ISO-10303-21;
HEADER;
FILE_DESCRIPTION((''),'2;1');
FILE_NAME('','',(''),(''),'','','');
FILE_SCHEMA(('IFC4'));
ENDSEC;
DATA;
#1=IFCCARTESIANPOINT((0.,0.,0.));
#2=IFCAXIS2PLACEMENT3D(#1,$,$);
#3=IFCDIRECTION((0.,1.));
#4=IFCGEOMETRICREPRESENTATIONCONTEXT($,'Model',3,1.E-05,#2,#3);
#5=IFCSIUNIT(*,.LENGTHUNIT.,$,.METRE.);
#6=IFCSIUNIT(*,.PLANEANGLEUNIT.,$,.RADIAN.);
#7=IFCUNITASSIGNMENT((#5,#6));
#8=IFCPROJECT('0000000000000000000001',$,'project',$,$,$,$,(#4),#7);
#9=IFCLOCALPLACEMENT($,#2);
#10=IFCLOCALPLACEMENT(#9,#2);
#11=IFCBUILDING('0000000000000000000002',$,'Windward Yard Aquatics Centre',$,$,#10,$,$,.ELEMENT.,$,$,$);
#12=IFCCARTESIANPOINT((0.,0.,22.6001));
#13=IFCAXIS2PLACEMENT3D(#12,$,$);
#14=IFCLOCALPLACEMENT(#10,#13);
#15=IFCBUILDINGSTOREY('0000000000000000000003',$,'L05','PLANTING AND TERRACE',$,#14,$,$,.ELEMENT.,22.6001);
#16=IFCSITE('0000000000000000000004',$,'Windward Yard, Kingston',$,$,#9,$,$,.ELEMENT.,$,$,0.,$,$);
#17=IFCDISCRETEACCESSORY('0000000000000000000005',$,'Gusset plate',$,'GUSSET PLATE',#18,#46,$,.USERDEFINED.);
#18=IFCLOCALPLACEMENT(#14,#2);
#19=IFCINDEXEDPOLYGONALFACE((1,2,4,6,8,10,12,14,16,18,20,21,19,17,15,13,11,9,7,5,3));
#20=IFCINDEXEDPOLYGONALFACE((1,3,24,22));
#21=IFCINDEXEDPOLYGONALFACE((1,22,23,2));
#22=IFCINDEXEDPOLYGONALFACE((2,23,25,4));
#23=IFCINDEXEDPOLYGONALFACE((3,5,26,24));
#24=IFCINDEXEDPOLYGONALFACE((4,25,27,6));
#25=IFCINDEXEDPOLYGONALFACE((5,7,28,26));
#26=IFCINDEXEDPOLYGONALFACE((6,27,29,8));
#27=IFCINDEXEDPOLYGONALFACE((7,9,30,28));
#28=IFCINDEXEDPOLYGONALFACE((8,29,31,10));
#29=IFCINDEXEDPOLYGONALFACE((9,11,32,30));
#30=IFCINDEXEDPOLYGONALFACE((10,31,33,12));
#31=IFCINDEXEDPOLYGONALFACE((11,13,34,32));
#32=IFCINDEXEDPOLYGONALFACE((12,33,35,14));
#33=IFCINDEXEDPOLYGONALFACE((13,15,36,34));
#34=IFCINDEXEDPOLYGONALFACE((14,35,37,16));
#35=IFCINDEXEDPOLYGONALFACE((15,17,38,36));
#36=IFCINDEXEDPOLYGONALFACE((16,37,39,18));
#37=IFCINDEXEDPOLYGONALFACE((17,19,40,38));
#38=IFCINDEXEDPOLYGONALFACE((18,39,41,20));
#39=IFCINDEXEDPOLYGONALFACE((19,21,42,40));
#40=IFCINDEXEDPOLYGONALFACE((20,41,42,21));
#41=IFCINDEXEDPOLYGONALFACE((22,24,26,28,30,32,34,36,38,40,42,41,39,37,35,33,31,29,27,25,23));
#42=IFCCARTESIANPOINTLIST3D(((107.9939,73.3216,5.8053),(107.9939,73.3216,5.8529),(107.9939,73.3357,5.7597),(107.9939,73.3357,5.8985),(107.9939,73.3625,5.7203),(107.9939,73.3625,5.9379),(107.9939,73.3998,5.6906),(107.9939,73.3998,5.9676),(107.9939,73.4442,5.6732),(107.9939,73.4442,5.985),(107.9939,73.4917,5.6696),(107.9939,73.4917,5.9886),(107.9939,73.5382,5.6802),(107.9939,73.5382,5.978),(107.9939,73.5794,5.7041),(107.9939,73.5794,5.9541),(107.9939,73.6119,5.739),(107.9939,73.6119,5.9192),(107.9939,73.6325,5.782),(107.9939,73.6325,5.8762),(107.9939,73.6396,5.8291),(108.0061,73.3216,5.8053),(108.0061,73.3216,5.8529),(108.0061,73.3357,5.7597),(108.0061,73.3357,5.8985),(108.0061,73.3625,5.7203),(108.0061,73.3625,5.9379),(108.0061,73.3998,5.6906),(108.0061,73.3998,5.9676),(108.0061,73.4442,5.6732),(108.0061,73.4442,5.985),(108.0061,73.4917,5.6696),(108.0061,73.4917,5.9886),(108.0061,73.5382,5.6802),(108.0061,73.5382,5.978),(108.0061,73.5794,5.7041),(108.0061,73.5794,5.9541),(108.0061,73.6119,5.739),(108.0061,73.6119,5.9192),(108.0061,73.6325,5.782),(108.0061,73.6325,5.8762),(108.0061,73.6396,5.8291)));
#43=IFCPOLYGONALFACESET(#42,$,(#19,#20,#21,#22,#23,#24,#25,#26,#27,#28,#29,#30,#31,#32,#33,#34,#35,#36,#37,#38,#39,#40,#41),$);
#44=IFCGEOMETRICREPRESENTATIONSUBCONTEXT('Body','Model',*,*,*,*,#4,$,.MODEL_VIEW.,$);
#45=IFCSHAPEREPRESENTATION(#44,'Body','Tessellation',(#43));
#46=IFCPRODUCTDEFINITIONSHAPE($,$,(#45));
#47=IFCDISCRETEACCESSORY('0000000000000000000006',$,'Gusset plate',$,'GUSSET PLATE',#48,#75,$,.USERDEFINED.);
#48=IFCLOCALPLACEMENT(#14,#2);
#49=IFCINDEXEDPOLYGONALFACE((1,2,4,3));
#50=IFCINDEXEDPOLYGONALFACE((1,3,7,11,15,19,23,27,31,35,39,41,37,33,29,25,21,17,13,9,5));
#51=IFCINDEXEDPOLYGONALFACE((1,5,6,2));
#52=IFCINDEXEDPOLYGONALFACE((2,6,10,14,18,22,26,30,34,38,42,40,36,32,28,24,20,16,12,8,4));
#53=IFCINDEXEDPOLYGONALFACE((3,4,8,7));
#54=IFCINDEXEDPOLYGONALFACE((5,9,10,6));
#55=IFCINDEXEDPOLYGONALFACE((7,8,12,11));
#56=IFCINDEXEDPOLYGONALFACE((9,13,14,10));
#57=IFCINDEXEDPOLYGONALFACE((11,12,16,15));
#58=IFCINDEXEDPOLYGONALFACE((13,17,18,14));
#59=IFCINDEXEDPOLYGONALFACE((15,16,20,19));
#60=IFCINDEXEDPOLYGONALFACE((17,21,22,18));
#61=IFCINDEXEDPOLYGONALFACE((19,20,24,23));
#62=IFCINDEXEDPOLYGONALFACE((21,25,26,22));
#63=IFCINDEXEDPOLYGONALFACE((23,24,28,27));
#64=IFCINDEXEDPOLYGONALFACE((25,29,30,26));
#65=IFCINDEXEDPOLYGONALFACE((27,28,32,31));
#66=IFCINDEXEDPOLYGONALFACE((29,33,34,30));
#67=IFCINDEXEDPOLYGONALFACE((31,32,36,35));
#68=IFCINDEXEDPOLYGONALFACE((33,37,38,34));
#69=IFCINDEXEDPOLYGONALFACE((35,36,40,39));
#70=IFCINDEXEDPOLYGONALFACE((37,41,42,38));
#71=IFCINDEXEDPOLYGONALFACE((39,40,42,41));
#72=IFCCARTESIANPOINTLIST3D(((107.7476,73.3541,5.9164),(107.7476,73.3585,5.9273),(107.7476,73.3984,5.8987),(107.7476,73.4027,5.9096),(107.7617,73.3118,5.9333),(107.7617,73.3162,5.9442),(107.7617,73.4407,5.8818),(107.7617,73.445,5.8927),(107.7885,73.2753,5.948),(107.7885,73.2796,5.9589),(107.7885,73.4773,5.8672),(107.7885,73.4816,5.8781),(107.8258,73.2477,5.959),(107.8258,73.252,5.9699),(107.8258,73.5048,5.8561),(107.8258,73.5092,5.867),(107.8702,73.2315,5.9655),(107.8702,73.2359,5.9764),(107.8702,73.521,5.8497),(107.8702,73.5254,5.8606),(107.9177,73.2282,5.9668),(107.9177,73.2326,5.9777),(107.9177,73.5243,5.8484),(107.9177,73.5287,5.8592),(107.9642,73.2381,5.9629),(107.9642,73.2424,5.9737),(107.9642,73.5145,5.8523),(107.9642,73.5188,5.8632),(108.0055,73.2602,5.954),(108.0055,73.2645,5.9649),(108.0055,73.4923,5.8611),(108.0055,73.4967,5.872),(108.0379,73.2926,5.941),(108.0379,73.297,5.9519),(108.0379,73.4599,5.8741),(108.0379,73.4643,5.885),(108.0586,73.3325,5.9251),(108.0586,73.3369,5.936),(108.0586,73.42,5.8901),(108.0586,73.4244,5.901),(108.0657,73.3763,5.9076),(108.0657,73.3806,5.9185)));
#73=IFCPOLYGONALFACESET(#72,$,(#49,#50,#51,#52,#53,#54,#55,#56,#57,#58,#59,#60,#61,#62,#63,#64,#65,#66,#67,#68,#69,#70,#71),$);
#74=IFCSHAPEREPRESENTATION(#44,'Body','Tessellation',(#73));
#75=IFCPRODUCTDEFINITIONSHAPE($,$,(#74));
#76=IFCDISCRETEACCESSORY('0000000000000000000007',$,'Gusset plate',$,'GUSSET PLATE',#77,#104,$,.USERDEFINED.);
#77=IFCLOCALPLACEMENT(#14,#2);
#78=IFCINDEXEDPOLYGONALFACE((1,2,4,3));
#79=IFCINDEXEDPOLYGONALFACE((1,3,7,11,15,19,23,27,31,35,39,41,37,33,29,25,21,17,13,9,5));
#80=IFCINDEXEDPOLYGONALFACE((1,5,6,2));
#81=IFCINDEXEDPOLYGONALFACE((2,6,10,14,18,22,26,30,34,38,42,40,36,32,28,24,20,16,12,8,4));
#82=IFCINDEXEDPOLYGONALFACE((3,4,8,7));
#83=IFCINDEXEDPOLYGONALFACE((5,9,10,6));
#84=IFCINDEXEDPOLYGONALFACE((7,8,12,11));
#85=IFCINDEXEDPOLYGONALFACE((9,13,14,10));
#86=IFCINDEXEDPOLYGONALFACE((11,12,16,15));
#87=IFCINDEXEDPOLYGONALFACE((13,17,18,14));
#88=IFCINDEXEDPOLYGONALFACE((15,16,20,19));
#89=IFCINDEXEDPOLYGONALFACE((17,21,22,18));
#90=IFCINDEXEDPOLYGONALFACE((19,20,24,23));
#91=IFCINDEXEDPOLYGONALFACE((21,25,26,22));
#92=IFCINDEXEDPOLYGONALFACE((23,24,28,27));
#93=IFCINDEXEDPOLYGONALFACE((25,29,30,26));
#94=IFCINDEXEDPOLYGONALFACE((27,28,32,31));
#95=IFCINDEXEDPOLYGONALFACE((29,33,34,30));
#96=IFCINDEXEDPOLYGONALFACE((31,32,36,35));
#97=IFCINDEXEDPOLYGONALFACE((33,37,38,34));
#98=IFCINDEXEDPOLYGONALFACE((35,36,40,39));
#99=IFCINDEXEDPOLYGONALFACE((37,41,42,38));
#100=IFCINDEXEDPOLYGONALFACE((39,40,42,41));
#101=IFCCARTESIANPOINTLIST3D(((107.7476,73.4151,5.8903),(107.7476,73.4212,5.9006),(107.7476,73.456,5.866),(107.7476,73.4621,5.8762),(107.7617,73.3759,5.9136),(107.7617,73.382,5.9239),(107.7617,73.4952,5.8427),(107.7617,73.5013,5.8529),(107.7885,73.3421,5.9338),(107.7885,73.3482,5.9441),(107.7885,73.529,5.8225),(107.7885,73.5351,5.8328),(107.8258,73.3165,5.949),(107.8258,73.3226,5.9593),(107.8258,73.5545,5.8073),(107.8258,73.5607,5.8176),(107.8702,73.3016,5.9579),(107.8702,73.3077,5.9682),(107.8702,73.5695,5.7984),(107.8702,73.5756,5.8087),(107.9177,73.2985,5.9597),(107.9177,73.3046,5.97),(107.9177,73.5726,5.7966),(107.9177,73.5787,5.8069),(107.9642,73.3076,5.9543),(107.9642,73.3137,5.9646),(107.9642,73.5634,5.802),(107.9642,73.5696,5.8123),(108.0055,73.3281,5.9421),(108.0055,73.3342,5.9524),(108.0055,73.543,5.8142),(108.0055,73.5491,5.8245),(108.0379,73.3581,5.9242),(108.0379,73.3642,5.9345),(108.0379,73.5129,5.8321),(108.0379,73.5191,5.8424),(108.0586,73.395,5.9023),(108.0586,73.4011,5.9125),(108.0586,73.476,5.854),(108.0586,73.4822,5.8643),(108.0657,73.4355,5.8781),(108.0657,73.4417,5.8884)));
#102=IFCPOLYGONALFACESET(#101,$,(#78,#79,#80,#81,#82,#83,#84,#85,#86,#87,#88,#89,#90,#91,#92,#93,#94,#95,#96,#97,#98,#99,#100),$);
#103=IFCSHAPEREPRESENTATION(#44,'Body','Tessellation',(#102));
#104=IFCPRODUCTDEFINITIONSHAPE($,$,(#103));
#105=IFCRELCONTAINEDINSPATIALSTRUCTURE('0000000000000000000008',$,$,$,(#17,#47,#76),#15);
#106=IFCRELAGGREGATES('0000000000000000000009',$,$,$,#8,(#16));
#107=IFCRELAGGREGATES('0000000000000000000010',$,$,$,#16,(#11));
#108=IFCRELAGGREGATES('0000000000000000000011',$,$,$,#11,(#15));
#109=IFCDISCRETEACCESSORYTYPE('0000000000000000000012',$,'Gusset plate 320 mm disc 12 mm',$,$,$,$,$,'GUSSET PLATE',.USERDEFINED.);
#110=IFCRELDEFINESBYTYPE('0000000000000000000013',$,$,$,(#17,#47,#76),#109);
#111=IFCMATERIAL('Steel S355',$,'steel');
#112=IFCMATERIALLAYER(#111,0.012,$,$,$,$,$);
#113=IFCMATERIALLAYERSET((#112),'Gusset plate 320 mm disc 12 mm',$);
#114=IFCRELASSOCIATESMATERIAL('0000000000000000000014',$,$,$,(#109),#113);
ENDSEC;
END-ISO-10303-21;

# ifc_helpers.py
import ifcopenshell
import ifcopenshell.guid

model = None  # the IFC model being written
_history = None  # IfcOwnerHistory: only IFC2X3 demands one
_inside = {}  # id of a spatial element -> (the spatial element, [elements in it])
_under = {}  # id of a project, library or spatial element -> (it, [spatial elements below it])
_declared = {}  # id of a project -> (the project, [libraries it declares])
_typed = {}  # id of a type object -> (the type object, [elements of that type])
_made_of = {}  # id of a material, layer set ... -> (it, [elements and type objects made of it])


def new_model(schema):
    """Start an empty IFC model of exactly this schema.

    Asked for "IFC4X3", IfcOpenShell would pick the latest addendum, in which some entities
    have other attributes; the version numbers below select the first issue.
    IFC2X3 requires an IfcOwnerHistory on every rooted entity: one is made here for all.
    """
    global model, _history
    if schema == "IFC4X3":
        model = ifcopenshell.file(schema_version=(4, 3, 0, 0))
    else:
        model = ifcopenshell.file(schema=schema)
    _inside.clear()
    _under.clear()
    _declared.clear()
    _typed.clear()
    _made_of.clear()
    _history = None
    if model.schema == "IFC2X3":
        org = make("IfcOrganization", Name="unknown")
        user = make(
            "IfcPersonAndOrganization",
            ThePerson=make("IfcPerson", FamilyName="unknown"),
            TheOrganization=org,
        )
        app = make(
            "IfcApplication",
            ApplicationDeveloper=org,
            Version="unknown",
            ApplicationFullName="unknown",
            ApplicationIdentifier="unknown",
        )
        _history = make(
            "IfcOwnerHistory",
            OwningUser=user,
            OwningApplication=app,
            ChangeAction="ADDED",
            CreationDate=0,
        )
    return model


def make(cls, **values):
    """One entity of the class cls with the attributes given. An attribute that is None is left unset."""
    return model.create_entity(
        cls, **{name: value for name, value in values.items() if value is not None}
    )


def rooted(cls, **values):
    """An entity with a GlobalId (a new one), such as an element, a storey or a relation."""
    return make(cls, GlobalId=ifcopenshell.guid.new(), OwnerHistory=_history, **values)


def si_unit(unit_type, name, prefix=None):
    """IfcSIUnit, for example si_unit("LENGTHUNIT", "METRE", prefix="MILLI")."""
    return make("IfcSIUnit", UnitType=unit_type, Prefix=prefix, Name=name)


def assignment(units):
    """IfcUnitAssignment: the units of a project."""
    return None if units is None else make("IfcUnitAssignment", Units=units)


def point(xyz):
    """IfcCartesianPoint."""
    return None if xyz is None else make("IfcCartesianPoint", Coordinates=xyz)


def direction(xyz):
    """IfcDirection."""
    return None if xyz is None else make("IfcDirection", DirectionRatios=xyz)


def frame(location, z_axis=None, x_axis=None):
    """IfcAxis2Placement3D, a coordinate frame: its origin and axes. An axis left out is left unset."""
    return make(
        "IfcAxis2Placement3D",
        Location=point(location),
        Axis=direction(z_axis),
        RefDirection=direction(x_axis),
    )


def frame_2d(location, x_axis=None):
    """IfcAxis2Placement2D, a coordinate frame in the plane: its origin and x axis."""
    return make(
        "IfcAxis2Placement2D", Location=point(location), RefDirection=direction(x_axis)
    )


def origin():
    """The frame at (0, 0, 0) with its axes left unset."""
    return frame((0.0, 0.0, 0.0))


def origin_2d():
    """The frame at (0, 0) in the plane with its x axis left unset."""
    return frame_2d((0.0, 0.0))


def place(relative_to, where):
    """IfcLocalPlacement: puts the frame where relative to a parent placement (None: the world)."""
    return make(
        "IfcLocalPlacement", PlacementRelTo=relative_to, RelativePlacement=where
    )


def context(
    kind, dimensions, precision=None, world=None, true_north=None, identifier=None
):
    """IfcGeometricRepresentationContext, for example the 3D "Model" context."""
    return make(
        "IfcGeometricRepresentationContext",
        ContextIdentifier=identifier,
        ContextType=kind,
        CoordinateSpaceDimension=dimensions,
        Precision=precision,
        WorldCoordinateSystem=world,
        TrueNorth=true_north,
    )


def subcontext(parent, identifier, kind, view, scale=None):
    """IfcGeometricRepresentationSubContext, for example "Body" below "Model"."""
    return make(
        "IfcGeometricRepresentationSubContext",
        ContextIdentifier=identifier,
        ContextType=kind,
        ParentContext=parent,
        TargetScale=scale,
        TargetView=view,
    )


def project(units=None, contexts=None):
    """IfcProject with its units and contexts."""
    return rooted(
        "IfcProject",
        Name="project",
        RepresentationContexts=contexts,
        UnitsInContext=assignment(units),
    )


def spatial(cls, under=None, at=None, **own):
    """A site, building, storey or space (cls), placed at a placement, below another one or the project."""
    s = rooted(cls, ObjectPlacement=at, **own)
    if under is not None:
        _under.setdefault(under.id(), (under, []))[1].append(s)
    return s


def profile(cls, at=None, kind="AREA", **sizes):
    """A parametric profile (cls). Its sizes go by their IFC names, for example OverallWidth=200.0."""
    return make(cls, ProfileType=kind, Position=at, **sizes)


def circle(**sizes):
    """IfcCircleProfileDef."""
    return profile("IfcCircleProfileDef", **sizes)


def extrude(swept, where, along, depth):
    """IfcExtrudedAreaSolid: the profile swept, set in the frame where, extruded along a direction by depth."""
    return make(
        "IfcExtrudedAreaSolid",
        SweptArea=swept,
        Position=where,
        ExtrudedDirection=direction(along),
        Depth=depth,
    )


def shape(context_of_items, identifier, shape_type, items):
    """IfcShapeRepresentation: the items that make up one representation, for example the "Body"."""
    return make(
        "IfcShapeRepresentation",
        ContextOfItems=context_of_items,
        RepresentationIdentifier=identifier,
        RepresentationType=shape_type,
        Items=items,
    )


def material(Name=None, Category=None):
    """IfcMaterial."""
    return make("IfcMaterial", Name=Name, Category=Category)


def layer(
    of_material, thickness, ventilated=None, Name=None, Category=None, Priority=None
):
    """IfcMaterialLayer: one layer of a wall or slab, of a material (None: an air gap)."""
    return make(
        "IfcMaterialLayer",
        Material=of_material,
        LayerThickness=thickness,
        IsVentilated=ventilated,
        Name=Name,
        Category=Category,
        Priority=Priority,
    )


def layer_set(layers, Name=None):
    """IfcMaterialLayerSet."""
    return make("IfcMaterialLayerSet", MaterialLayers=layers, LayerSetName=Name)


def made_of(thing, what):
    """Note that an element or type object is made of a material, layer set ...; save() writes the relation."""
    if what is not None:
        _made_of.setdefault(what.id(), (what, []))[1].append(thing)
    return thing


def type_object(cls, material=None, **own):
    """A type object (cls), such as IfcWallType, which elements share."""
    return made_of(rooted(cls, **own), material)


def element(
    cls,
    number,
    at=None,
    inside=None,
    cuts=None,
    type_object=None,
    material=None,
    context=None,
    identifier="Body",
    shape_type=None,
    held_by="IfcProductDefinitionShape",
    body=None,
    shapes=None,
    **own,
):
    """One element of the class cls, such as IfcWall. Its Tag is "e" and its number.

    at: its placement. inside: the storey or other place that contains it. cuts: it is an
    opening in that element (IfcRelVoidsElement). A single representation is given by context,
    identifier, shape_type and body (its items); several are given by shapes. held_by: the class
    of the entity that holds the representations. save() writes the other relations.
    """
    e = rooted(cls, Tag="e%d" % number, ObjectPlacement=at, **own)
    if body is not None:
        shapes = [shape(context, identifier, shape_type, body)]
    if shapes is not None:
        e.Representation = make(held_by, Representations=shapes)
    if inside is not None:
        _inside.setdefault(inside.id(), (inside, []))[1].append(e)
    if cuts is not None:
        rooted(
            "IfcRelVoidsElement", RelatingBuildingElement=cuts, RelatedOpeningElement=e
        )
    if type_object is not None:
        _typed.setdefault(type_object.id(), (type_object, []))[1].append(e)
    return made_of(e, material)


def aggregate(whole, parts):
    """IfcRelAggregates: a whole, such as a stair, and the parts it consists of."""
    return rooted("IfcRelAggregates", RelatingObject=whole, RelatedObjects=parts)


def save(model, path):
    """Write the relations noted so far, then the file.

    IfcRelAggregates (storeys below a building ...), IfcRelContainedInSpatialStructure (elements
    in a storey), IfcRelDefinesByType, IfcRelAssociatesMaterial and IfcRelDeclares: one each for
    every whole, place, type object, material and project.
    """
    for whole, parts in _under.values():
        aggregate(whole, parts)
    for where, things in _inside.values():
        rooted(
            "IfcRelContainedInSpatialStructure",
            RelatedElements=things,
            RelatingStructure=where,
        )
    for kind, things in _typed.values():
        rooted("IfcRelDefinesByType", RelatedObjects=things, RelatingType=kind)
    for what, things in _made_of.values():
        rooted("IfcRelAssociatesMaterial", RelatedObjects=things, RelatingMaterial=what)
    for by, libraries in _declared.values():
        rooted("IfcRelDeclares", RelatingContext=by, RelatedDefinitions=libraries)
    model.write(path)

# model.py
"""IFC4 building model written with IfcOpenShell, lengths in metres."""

from ifc_helpers import new_model, si_unit, direction, frame, origin, origin_2d, place, context, subcontext, project, spatial, circle, extrude, material, layer, layer_set, type_object, element, save


model = new_model("IFC4")

# Units and contexts
model_context = context("Model", 3, precision=1e-05, world=origin(), true_north=direction((0.0, 1.0)))
body_context = subcontext(model_context, "Body", "Model", "MODEL_VIEW")
ifc_project = project(units=[si_unit("LENGTHUNIT", "METRE"), si_unit("PLANEANGLEUNIT", "RADIAN")], contexts=[model_context])

# Site, building, storey
site_placement = place(None, origin())
site = spatial("IfcSite", under=ifc_project, at=site_placement, Name="Windward Yard, Kingston", CompositionType="ELEMENT", RefElevation=0.0)
building_placement = place(site_placement, origin())
building = spatial("IfcBuilding", under=site, at=building_placement, Name="Windward Yard Aquatics Centre", CompositionType="ELEMENT")
storey_placement = place(building_placement, frame((0.0, 0.0, 22.6001)))
storey = spatial("IfcBuildingStorey", under=building, at=storey_placement, Name="L05", Description="PLANTING AND TERRACE", CompositionType="ELEMENT", Elevation=22.6001)

# Discrete accessories
ifc_material_1 = material(Name="Steel S355", Category="steel")
ifc_layer_1 = layer(ifc_material_1, 0.012)
ifc_layer_set_1 = layer_set([ifc_layer_1], Name="Gusset plate 320 mm disc 12 mm")
discrete_accessory_type_1 = type_object("IfcDiscreteAccessoryType", Name="Gusset plate 320 mm disc 12 mm", ElementType="GUSSET PLATE", PredefinedType="USERDEFINED", material=ifc_layer_set_1)
for number, where, z_axis, x_axis, name in (
    (1, (107.9939, 73.4797, 5.8291), (1.0, 0.0, 0.0), (0.0, 1.0, 0.0), "Gusset plate"),
):
    element("IfcDiscreteAccessory", number, at=place(storey_placement, frame(where, z_axis=z_axis, x_axis=x_axis)), inside=storey, type_object=discrete_accessory_type_1, Name=name, ObjectType="GUSSET PLATE", PredefinedType="USERDEFINED", context=body_context, shape_type="SweptSolid", body=[
        extrude(circle(Radius=0.1599, at=origin_2d()), origin(), (0.0, 0.0, 1.0), 0.0122),
    ])
discrete_accessory_1_placement = place(storey_placement, frame((107.9058, 73.3806, 5.9185), z_axis=(0.0, -0.371391, -0.928477), x_axis=(1.0, 0.0, 0.0)))
element("IfcDiscreteAccessory", 2, at=discrete_accessory_1_placement, inside=storey, type_object=discrete_accessory_type_1, Name="Gusset plate", ObjectType="GUSSET PLATE", PredefinedType="USERDEFINED", context=body_context, shape_type="SweptSolid", body=[
    extrude(circle(Radius=0.1599, at=origin_2d()), origin(), (0.0, 0.0, 1.0), 0.0117),
])
discrete_accessory_2_placement = place(storey_placement, frame((107.9058, 73.4417, 5.8884), z_axis=(0.0, -0.511484, -0.859293), x_axis=(1.0, 0.0, 0.0)))
element("IfcDiscreteAccessory", 3, at=discrete_accessory_2_placement, inside=storey, type_object=discrete_accessory_type_1, Name="Gusset plate", ObjectType="GUSSET PLATE", PredefinedType="USERDEFINED", context=body_context, shape_type="SweptSolid", body=[
    extrude(circle(Radius=0.1599, at=origin_2d()), origin(), (0.0, 0.0, 1.0), 0.012),
])

save(model, "model.ifc")
